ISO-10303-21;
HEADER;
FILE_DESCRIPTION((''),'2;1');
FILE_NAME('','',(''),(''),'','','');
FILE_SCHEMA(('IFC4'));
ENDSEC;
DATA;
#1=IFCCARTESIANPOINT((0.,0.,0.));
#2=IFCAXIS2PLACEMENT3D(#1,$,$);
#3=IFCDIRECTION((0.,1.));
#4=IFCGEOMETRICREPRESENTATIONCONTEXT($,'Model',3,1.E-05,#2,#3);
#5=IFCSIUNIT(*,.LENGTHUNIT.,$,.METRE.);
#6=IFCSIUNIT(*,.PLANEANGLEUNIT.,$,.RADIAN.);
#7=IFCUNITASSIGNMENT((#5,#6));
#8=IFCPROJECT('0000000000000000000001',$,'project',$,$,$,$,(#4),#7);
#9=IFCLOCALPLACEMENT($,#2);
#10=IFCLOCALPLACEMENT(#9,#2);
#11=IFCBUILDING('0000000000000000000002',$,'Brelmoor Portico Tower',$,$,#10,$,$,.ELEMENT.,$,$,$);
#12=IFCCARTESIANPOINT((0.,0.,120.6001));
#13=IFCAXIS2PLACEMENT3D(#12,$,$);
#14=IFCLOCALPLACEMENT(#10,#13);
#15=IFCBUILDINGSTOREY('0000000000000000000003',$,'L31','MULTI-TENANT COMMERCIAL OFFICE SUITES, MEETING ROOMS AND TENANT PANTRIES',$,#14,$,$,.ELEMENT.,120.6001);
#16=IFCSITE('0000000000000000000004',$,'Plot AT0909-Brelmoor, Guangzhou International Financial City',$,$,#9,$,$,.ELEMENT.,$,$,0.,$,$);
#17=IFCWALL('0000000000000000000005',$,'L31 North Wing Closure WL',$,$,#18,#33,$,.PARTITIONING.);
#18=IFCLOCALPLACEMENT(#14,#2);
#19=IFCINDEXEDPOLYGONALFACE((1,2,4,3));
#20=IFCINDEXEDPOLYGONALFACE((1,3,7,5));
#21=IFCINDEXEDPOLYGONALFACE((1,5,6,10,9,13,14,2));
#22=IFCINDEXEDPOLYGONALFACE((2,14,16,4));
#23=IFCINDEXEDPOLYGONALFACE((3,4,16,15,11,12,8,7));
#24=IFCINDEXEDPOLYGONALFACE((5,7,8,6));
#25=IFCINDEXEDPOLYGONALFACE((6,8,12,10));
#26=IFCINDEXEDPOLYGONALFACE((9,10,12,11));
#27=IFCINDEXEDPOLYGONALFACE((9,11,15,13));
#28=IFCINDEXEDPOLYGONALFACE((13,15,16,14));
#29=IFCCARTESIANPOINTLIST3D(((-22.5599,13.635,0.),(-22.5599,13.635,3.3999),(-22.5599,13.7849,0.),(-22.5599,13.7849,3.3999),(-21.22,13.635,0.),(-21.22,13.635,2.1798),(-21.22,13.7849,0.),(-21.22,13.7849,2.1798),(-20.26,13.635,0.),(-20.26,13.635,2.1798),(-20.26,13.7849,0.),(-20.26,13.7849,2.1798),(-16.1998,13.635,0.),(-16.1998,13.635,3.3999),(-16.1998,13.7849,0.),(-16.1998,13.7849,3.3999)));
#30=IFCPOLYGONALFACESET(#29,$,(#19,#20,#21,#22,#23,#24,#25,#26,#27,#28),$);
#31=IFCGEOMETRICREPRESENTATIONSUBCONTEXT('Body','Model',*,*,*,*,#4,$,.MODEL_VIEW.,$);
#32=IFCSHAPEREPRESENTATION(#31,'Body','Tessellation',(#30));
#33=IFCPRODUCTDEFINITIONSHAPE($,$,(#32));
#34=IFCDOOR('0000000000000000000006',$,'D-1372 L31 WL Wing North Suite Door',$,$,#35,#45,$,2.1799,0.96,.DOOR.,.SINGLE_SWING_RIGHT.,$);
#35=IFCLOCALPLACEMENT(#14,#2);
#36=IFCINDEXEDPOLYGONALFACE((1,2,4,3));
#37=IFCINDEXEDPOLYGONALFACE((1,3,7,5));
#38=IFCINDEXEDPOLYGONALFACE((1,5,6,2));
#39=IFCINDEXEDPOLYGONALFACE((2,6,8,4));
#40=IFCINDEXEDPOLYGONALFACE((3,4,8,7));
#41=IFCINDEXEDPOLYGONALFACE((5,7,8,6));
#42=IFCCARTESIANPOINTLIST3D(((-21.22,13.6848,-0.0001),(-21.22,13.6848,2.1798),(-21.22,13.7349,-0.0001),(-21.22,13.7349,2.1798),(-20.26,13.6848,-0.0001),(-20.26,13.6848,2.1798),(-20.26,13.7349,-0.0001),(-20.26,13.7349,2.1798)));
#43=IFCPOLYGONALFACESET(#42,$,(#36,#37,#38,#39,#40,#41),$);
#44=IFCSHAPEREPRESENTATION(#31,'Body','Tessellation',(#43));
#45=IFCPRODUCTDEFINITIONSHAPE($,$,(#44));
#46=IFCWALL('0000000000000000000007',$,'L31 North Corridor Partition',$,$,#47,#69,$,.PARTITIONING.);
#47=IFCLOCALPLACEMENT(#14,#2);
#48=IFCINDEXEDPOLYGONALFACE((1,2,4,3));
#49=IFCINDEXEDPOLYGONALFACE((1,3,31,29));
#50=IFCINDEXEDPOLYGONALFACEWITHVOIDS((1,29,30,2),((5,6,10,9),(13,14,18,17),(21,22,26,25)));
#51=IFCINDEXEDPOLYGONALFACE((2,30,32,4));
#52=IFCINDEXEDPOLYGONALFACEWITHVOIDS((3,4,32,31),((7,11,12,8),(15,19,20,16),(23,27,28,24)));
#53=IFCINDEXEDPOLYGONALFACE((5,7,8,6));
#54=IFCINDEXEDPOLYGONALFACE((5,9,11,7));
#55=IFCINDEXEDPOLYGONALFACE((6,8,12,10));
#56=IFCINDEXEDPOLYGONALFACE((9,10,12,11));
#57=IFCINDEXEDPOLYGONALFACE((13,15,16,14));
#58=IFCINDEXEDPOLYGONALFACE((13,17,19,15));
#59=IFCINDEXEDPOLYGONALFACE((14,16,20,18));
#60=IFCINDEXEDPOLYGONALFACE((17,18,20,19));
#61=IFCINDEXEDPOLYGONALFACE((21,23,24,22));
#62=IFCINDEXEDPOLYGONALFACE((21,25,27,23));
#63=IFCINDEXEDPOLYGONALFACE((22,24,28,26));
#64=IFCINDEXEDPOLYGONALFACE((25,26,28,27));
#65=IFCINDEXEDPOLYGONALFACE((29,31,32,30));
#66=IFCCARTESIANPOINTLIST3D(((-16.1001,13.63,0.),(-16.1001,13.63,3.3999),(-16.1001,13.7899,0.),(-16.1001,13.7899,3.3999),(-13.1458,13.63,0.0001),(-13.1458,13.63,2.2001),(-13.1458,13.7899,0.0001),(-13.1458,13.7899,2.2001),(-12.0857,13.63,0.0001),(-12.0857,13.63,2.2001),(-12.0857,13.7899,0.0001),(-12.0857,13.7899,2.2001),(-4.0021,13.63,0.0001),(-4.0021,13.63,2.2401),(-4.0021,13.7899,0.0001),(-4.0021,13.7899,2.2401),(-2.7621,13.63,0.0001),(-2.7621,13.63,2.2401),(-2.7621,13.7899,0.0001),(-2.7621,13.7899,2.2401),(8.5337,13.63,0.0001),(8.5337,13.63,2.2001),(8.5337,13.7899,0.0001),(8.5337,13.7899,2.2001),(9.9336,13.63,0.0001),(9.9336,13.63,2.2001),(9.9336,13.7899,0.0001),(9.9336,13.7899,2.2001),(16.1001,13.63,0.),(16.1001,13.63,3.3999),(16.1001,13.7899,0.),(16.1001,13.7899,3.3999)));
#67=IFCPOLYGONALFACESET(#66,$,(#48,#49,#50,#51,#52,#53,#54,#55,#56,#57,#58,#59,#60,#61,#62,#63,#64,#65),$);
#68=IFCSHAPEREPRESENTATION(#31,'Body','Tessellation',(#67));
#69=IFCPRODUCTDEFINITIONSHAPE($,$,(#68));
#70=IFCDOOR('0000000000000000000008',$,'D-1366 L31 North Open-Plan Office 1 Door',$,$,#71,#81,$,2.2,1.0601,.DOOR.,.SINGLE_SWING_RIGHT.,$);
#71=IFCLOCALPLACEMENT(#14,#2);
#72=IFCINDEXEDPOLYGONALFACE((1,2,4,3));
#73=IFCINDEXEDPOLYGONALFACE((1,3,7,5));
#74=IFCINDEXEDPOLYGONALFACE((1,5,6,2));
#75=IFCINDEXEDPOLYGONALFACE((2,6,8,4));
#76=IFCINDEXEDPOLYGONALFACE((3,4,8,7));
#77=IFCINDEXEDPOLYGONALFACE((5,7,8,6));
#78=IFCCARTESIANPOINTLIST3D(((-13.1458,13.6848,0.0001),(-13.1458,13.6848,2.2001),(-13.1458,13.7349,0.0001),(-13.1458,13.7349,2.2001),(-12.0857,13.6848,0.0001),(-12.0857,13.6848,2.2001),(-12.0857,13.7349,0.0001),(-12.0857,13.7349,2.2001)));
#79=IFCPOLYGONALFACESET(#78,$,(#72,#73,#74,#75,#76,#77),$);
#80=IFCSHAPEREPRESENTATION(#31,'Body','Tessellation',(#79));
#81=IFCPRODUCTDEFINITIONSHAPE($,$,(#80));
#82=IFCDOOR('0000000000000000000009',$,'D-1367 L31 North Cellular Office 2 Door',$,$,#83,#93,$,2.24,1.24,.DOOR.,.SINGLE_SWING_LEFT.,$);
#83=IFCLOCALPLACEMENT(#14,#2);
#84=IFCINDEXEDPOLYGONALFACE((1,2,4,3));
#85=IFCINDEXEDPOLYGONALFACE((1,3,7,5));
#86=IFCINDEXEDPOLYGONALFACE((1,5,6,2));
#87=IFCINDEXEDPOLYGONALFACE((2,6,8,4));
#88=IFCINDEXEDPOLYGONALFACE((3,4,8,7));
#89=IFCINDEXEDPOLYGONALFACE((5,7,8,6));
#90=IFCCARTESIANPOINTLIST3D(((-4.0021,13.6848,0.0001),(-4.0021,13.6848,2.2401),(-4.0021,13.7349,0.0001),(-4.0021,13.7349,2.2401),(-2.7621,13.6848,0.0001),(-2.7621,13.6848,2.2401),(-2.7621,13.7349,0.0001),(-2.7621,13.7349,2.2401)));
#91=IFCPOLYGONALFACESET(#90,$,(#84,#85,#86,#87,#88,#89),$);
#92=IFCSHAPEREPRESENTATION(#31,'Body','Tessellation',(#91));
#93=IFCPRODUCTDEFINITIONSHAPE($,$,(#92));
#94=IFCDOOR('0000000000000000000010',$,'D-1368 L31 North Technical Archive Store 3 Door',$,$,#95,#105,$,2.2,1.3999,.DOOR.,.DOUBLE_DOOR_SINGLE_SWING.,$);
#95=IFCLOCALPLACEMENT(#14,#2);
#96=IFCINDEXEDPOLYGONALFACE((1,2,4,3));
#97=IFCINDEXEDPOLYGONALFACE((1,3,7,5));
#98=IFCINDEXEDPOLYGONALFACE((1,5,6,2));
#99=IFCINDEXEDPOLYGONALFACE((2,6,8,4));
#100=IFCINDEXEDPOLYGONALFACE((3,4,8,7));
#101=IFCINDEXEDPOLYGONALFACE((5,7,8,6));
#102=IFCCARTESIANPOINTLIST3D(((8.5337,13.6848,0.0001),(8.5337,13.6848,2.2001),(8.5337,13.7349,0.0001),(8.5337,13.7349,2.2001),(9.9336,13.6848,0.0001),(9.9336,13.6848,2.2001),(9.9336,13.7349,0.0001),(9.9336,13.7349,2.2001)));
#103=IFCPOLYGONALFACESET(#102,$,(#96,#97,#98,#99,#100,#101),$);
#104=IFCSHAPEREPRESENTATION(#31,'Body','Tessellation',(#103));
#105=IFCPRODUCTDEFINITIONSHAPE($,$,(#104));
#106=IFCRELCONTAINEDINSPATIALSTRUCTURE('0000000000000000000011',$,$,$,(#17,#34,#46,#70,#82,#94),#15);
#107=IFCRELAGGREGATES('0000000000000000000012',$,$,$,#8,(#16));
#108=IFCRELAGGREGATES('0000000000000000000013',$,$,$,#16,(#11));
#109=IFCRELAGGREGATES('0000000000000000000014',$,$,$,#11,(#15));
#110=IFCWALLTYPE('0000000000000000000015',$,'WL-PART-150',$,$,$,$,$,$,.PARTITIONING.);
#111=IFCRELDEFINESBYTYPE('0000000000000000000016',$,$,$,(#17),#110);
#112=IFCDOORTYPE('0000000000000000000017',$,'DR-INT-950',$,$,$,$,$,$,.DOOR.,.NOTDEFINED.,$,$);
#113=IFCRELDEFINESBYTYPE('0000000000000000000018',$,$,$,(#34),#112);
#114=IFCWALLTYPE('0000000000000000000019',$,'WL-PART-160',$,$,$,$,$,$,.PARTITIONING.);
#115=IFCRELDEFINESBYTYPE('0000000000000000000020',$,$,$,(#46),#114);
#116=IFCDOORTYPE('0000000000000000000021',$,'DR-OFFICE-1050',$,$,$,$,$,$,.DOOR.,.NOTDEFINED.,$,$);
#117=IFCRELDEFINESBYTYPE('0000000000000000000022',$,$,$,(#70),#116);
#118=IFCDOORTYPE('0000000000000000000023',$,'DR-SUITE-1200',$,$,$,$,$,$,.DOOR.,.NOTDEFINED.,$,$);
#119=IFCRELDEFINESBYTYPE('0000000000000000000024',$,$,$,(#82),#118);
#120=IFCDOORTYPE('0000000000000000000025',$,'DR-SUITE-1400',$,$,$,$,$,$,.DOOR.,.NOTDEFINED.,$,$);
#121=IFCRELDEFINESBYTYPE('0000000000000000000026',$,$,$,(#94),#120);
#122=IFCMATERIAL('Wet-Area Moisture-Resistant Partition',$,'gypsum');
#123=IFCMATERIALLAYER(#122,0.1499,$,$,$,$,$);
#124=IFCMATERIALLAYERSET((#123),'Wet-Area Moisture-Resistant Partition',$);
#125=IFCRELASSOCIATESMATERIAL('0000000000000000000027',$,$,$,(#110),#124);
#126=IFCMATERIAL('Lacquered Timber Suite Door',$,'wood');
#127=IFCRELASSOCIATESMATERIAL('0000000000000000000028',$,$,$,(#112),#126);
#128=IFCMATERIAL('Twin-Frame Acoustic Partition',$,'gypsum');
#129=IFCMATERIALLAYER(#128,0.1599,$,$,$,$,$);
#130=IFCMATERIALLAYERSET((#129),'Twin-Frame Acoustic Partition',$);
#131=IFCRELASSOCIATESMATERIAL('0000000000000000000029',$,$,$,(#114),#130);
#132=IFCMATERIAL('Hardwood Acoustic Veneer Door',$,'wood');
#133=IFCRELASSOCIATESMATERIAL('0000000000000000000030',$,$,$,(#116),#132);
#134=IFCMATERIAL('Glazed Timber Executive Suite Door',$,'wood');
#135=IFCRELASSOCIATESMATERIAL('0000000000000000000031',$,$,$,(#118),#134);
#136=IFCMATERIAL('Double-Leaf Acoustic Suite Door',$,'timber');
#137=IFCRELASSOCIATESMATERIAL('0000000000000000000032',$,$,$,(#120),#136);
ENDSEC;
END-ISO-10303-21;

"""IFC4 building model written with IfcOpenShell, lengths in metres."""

from ifc_helpers import new_model, si_unit, direction, frame, frame_2d, origin, place, context, subcontext, project, spatial, rectangle, extrude, material, layer, layer_set, type_object, element, fill, save


model = new_model("IFC4")

# Units and contexts
model_context = context("Model", 3, precision=1e-05, world=origin(), true_north=direction((0.0, 1.0)))
body_context = subcontext(model_context, "Body", "Model", "MODEL_VIEW")
ifc_project = project(units=[si_unit("LENGTHUNIT", "METRE"), si_unit("PLANEANGLEUNIT", "RADIAN")], contexts=[model_context])

# Site, building, storey
site_placement = place(None, origin())
site = spatial("IfcSite", under=ifc_project, at=site_placement, Name="Plot AT0909-Brelmoor, Guangzhou International Financial City", CompositionType="ELEMENT", RefElevation=0.0)
building_placement = place(site_placement, origin())
building = spatial("IfcBuilding", under=site, at=building_placement, Name="Brelmoor Portico Tower", CompositionType="ELEMENT")
storey_placement = place(building_placement, frame((0.0, 0.0, 120.6001)))
storey = spatial("IfcBuildingStorey", under=building, at=storey_placement, Name="L31", Description="MULTI-TENANT COMMERCIAL OFFICE SUITES, MEETING ROOMS AND TENANT PANTRIES", CompositionType="ELEMENT", Elevation=120.6001)

# Wall, opening, door
ifc_material_1 = material(Name="Wet-Area Moisture-Resistant Partition", Category="gypsum")
ifc_layer_1 = layer(ifc_material_1, 0.1499)
ifc_layer_set_1 = layer_set([ifc_layer_1], Name="Wet-Area Moisture-Resistant Partition")
wall_type_1 = type_object("IfcWallType", Name="WL-PART-150", PredefinedType="PARTITIONING", material=ifc_layer_set_1)
wall_1_placement = place(storey_placement, frame((-22.5601, 13.71, 0.0), z_axis=(0.0, 0.0, 1.0), x_axis=(1.0, 0.0, 0.0)))
wall_1 = element("IfcWall", 1, at=wall_1_placement, inside=storey, type_object=wall_type_1, Name="L31 North Wing Closure WL", PredefinedType="PARTITIONING", context=body_context, shape_type="SweptSolid", body=[
    extrude(rectangle(XDim=6.3601, YDim=0.1499, at=frame_2d((3.1802, 0.0))), origin(), (0.0, 0.0, 1.0), 3.3999),
])
opening_1_placement = place(wall_1_placement, frame((1.3401, 0.0, 0.0)))
opening_1 = element("IfcOpeningElement", 2, at=opening_1_placement, cuts=wall_1, PredefinedType="OPENING", context=body_context, shape_type="SweptSolid", body=[
    extrude(rectangle(XDim=0.96, YDim=2.1799, at=frame_2d((0.48, 1.0898))), frame((0.0, 0.085, 0.0), z_axis=(0.0, -1.0, 0.0), x_axis=(1.0, 0.0, 0.0)), (0.0, 0.0, 1.0), 0.1699),
])
ifc_material_2 = material(Name="Lacquered Timber Suite Door", Category="wood")
door_type_1 = type_object("IfcDoorType", Name="DR-INT-950", OperationType="NOTDEFINED", PredefinedType="DOOR", material=ifc_material_2)
door_1_placement = place(opening_1_placement, origin())
door_1 = element("IfcDoor", 3, at=door_1_placement, inside=storey, type_object=door_type_1, Name="D-1372 L31 WL Wing North Suite Door", OperationType="SINGLE_SWING_RIGHT", OverallHeight=2.1799, OverallWidth=0.96, PredefinedType="DOOR", context=body_context, shape_type="SweptSolid", body=[
    extrude(rectangle(XDim=0.96, YDim=2.1799, at=frame_2d((0.48, 1.0898))), frame((0.0, 0.0249, 0.0), z_axis=(0.0, -1.0, 0.0), x_axis=(1.0, 0.0, 0.0)), (0.0, 0.0, 1.0), 0.05),
])
fill(opening_1, door_1)

# Wall, openings, doors
ifc_material_3 = material(Name="Twin-Frame Acoustic Partition", Category="gypsum")
ifc_layer_2 = layer(ifc_material_3, 0.1599)
ifc_layer_set_2 = layer_set([ifc_layer_2], Name="Twin-Frame Acoustic Partition")
wall_type_2 = type_object("IfcWallType", Name="WL-PART-160", PredefinedType="PARTITIONING", material=ifc_layer_set_2)
wall_2_placement = place(storey_placement, frame((-16.1001, 13.71, 0.0), z_axis=(0.0, 0.0, 1.0), x_axis=(1.0, 0.0, 0.0)))
wall_2 = element("IfcWall", 4, at=wall_2_placement, inside=storey, type_object=wall_type_2, Name="L31 North Corridor Partition", PredefinedType="PARTITIONING", context=body_context, shape_type="SweptSolid", body=[
    extrude(rectangle(XDim=32.2002, YDim=0.1599, at=frame_2d((16.1001, 0.0))), origin(), (0.0, 0.0, 1.0), 3.3999),
])
opening_2_placement = place(wall_2_placement, frame((2.9543, 0.0, 0.0)))
opening_2 = element("IfcOpeningElement", 5, at=opening_2_placement, cuts=wall_2, PredefinedType="OPENING", context=body_context, shape_type="SweptSolid", body=[
    extrude(rectangle(XDim=1.0601, YDim=2.2, at=frame_2d((0.53, 1.1001))), frame((0.0, 0.0898, 0.0), z_axis=(0.0, -1.0, 0.0), x_axis=(1.0, 0.0, 0.0)), (0.0, 0.0, 1.0), 0.1799),
])
opening_3_placement = place(wall_2_placement, frame((12.0979, 0.0, 0.0)))
opening_3 = element("IfcOpeningElement", 6, at=opening_3_placement, cuts=wall_2, PredefinedType="OPENING", context=body_context, shape_type="SweptSolid", body=[
    extrude(rectangle(XDim=1.24, YDim=2.24, at=frame_2d((0.6201, 1.1201))), frame((0.0, 0.0898, 0.0), z_axis=(0.0, -1.0, 0.0), x_axis=(1.0, 0.0, 0.0)), (0.0, 0.0, 1.0), 0.1799),
])
opening_4_placement = place(wall_2_placement, frame((24.6338, 0.0, 0.0)))
opening_4 = element("IfcOpeningElement", 7, at=opening_4_placement, cuts=wall_2, PredefinedType="OPENING", context=body_context, shape_type="SweptSolid", body=[
    extrude(rectangle(XDim=1.3999, YDim=2.2, at=frame_2d((0.7, 1.1001))), frame((0.0, 0.0898, 0.0), z_axis=(0.0, -1.0, 0.0), x_axis=(1.0, 0.0, 0.0)), (0.0, 0.0, 1.0), 0.1799),
])
ifc_material_4 = material(Name="Hardwood Acoustic Veneer Door", Category="wood")
door_type_2 = type_object("IfcDoorType", Name="DR-OFFICE-1050", OperationType="NOTDEFINED", PredefinedType="DOOR", material=ifc_material_4)
door_2_placement = place(opening_2_placement, origin())
door_2 = element("IfcDoor", 8, at=door_2_placement, inside=storey, type_object=door_type_2, Name="D-1366 L31 North Open-Plan Office 1 Door", OperationType="SINGLE_SWING_RIGHT", OverallHeight=2.2, OverallWidth=1.0601, PredefinedType="DOOR", context=body_context, shape_type="SweptSolid", body=[
    extrude(rectangle(XDim=1.0601, YDim=2.2, at=frame_2d((0.53, 1.1001))), frame((0.0, 0.0249, 0.0), z_axis=(0.0, -1.0, 0.0), x_axis=(1.0, 0.0, 0.0)), (0.0, 0.0, 1.0), 0.05),
])
fill(opening_2, door_2)
ifc_material_5 = material(Name="Glazed Timber Executive Suite Door", Category="wood")
door_type_3 = type_object("IfcDoorType", Name="DR-SUITE-1200", OperationType="NOTDEFINED", PredefinedType="DOOR", material=ifc_material_5)
door_3_placement = place(opening_3_placement, origin())
door_3 = element("IfcDoor", 9, at=door_3_placement, inside=storey, type_object=door_type_3, Name="D-1367 L31 North Cellular Office 2 Door", OperationType="SINGLE_SWING_LEFT", OverallHeight=2.24, OverallWidth=1.24, PredefinedType="DOOR", context=body_context, shape_type="SweptSolid", body=[
    extrude(rectangle(XDim=1.24, YDim=2.24, at=frame_2d((0.6201, 1.1201))), frame((0.0, 0.0249, 0.0), z_axis=(0.0, -1.0, 0.0), x_axis=(1.0, 0.0, 0.0)), (0.0, 0.0, 1.0), 0.05),
])
fill(opening_3, door_3)
ifc_material_6 = material(Name="Double-Leaf Acoustic Suite Door", Category="timber")
door_type_4 = type_object("IfcDoorType", Name="DR-SUITE-1400", OperationType="NOTDEFINED", PredefinedType="DOOR", material=ifc_material_6)
door_4_placement = place(opening_4_placement, origin())
door_4 = element("IfcDoor", 10, at=door_4_placement, inside=storey, type_object=door_type_4, Name="D-1368 L31 North Technical Archive Store 3 Door", OperationType="DOUBLE_DOOR_SINGLE_SWING", OverallHeight=2.2, OverallWidth=1.3999, PredefinedType="DOOR", context=body_context, shape_type="SweptSolid", body=[
    extrude(rectangle(XDim=1.3999, YDim=2.2, at=frame_2d((0.7, 1.1001))), frame((0.0, 0.0249, 0.0), z_axis=(0.0, -1.0, 0.0), x_axis=(1.0, 0.0, 0.0)), (0.0, 0.0, 1.0), 0.05),
])
fill(opening_4, door_4)

save(model, "model.ifc")
